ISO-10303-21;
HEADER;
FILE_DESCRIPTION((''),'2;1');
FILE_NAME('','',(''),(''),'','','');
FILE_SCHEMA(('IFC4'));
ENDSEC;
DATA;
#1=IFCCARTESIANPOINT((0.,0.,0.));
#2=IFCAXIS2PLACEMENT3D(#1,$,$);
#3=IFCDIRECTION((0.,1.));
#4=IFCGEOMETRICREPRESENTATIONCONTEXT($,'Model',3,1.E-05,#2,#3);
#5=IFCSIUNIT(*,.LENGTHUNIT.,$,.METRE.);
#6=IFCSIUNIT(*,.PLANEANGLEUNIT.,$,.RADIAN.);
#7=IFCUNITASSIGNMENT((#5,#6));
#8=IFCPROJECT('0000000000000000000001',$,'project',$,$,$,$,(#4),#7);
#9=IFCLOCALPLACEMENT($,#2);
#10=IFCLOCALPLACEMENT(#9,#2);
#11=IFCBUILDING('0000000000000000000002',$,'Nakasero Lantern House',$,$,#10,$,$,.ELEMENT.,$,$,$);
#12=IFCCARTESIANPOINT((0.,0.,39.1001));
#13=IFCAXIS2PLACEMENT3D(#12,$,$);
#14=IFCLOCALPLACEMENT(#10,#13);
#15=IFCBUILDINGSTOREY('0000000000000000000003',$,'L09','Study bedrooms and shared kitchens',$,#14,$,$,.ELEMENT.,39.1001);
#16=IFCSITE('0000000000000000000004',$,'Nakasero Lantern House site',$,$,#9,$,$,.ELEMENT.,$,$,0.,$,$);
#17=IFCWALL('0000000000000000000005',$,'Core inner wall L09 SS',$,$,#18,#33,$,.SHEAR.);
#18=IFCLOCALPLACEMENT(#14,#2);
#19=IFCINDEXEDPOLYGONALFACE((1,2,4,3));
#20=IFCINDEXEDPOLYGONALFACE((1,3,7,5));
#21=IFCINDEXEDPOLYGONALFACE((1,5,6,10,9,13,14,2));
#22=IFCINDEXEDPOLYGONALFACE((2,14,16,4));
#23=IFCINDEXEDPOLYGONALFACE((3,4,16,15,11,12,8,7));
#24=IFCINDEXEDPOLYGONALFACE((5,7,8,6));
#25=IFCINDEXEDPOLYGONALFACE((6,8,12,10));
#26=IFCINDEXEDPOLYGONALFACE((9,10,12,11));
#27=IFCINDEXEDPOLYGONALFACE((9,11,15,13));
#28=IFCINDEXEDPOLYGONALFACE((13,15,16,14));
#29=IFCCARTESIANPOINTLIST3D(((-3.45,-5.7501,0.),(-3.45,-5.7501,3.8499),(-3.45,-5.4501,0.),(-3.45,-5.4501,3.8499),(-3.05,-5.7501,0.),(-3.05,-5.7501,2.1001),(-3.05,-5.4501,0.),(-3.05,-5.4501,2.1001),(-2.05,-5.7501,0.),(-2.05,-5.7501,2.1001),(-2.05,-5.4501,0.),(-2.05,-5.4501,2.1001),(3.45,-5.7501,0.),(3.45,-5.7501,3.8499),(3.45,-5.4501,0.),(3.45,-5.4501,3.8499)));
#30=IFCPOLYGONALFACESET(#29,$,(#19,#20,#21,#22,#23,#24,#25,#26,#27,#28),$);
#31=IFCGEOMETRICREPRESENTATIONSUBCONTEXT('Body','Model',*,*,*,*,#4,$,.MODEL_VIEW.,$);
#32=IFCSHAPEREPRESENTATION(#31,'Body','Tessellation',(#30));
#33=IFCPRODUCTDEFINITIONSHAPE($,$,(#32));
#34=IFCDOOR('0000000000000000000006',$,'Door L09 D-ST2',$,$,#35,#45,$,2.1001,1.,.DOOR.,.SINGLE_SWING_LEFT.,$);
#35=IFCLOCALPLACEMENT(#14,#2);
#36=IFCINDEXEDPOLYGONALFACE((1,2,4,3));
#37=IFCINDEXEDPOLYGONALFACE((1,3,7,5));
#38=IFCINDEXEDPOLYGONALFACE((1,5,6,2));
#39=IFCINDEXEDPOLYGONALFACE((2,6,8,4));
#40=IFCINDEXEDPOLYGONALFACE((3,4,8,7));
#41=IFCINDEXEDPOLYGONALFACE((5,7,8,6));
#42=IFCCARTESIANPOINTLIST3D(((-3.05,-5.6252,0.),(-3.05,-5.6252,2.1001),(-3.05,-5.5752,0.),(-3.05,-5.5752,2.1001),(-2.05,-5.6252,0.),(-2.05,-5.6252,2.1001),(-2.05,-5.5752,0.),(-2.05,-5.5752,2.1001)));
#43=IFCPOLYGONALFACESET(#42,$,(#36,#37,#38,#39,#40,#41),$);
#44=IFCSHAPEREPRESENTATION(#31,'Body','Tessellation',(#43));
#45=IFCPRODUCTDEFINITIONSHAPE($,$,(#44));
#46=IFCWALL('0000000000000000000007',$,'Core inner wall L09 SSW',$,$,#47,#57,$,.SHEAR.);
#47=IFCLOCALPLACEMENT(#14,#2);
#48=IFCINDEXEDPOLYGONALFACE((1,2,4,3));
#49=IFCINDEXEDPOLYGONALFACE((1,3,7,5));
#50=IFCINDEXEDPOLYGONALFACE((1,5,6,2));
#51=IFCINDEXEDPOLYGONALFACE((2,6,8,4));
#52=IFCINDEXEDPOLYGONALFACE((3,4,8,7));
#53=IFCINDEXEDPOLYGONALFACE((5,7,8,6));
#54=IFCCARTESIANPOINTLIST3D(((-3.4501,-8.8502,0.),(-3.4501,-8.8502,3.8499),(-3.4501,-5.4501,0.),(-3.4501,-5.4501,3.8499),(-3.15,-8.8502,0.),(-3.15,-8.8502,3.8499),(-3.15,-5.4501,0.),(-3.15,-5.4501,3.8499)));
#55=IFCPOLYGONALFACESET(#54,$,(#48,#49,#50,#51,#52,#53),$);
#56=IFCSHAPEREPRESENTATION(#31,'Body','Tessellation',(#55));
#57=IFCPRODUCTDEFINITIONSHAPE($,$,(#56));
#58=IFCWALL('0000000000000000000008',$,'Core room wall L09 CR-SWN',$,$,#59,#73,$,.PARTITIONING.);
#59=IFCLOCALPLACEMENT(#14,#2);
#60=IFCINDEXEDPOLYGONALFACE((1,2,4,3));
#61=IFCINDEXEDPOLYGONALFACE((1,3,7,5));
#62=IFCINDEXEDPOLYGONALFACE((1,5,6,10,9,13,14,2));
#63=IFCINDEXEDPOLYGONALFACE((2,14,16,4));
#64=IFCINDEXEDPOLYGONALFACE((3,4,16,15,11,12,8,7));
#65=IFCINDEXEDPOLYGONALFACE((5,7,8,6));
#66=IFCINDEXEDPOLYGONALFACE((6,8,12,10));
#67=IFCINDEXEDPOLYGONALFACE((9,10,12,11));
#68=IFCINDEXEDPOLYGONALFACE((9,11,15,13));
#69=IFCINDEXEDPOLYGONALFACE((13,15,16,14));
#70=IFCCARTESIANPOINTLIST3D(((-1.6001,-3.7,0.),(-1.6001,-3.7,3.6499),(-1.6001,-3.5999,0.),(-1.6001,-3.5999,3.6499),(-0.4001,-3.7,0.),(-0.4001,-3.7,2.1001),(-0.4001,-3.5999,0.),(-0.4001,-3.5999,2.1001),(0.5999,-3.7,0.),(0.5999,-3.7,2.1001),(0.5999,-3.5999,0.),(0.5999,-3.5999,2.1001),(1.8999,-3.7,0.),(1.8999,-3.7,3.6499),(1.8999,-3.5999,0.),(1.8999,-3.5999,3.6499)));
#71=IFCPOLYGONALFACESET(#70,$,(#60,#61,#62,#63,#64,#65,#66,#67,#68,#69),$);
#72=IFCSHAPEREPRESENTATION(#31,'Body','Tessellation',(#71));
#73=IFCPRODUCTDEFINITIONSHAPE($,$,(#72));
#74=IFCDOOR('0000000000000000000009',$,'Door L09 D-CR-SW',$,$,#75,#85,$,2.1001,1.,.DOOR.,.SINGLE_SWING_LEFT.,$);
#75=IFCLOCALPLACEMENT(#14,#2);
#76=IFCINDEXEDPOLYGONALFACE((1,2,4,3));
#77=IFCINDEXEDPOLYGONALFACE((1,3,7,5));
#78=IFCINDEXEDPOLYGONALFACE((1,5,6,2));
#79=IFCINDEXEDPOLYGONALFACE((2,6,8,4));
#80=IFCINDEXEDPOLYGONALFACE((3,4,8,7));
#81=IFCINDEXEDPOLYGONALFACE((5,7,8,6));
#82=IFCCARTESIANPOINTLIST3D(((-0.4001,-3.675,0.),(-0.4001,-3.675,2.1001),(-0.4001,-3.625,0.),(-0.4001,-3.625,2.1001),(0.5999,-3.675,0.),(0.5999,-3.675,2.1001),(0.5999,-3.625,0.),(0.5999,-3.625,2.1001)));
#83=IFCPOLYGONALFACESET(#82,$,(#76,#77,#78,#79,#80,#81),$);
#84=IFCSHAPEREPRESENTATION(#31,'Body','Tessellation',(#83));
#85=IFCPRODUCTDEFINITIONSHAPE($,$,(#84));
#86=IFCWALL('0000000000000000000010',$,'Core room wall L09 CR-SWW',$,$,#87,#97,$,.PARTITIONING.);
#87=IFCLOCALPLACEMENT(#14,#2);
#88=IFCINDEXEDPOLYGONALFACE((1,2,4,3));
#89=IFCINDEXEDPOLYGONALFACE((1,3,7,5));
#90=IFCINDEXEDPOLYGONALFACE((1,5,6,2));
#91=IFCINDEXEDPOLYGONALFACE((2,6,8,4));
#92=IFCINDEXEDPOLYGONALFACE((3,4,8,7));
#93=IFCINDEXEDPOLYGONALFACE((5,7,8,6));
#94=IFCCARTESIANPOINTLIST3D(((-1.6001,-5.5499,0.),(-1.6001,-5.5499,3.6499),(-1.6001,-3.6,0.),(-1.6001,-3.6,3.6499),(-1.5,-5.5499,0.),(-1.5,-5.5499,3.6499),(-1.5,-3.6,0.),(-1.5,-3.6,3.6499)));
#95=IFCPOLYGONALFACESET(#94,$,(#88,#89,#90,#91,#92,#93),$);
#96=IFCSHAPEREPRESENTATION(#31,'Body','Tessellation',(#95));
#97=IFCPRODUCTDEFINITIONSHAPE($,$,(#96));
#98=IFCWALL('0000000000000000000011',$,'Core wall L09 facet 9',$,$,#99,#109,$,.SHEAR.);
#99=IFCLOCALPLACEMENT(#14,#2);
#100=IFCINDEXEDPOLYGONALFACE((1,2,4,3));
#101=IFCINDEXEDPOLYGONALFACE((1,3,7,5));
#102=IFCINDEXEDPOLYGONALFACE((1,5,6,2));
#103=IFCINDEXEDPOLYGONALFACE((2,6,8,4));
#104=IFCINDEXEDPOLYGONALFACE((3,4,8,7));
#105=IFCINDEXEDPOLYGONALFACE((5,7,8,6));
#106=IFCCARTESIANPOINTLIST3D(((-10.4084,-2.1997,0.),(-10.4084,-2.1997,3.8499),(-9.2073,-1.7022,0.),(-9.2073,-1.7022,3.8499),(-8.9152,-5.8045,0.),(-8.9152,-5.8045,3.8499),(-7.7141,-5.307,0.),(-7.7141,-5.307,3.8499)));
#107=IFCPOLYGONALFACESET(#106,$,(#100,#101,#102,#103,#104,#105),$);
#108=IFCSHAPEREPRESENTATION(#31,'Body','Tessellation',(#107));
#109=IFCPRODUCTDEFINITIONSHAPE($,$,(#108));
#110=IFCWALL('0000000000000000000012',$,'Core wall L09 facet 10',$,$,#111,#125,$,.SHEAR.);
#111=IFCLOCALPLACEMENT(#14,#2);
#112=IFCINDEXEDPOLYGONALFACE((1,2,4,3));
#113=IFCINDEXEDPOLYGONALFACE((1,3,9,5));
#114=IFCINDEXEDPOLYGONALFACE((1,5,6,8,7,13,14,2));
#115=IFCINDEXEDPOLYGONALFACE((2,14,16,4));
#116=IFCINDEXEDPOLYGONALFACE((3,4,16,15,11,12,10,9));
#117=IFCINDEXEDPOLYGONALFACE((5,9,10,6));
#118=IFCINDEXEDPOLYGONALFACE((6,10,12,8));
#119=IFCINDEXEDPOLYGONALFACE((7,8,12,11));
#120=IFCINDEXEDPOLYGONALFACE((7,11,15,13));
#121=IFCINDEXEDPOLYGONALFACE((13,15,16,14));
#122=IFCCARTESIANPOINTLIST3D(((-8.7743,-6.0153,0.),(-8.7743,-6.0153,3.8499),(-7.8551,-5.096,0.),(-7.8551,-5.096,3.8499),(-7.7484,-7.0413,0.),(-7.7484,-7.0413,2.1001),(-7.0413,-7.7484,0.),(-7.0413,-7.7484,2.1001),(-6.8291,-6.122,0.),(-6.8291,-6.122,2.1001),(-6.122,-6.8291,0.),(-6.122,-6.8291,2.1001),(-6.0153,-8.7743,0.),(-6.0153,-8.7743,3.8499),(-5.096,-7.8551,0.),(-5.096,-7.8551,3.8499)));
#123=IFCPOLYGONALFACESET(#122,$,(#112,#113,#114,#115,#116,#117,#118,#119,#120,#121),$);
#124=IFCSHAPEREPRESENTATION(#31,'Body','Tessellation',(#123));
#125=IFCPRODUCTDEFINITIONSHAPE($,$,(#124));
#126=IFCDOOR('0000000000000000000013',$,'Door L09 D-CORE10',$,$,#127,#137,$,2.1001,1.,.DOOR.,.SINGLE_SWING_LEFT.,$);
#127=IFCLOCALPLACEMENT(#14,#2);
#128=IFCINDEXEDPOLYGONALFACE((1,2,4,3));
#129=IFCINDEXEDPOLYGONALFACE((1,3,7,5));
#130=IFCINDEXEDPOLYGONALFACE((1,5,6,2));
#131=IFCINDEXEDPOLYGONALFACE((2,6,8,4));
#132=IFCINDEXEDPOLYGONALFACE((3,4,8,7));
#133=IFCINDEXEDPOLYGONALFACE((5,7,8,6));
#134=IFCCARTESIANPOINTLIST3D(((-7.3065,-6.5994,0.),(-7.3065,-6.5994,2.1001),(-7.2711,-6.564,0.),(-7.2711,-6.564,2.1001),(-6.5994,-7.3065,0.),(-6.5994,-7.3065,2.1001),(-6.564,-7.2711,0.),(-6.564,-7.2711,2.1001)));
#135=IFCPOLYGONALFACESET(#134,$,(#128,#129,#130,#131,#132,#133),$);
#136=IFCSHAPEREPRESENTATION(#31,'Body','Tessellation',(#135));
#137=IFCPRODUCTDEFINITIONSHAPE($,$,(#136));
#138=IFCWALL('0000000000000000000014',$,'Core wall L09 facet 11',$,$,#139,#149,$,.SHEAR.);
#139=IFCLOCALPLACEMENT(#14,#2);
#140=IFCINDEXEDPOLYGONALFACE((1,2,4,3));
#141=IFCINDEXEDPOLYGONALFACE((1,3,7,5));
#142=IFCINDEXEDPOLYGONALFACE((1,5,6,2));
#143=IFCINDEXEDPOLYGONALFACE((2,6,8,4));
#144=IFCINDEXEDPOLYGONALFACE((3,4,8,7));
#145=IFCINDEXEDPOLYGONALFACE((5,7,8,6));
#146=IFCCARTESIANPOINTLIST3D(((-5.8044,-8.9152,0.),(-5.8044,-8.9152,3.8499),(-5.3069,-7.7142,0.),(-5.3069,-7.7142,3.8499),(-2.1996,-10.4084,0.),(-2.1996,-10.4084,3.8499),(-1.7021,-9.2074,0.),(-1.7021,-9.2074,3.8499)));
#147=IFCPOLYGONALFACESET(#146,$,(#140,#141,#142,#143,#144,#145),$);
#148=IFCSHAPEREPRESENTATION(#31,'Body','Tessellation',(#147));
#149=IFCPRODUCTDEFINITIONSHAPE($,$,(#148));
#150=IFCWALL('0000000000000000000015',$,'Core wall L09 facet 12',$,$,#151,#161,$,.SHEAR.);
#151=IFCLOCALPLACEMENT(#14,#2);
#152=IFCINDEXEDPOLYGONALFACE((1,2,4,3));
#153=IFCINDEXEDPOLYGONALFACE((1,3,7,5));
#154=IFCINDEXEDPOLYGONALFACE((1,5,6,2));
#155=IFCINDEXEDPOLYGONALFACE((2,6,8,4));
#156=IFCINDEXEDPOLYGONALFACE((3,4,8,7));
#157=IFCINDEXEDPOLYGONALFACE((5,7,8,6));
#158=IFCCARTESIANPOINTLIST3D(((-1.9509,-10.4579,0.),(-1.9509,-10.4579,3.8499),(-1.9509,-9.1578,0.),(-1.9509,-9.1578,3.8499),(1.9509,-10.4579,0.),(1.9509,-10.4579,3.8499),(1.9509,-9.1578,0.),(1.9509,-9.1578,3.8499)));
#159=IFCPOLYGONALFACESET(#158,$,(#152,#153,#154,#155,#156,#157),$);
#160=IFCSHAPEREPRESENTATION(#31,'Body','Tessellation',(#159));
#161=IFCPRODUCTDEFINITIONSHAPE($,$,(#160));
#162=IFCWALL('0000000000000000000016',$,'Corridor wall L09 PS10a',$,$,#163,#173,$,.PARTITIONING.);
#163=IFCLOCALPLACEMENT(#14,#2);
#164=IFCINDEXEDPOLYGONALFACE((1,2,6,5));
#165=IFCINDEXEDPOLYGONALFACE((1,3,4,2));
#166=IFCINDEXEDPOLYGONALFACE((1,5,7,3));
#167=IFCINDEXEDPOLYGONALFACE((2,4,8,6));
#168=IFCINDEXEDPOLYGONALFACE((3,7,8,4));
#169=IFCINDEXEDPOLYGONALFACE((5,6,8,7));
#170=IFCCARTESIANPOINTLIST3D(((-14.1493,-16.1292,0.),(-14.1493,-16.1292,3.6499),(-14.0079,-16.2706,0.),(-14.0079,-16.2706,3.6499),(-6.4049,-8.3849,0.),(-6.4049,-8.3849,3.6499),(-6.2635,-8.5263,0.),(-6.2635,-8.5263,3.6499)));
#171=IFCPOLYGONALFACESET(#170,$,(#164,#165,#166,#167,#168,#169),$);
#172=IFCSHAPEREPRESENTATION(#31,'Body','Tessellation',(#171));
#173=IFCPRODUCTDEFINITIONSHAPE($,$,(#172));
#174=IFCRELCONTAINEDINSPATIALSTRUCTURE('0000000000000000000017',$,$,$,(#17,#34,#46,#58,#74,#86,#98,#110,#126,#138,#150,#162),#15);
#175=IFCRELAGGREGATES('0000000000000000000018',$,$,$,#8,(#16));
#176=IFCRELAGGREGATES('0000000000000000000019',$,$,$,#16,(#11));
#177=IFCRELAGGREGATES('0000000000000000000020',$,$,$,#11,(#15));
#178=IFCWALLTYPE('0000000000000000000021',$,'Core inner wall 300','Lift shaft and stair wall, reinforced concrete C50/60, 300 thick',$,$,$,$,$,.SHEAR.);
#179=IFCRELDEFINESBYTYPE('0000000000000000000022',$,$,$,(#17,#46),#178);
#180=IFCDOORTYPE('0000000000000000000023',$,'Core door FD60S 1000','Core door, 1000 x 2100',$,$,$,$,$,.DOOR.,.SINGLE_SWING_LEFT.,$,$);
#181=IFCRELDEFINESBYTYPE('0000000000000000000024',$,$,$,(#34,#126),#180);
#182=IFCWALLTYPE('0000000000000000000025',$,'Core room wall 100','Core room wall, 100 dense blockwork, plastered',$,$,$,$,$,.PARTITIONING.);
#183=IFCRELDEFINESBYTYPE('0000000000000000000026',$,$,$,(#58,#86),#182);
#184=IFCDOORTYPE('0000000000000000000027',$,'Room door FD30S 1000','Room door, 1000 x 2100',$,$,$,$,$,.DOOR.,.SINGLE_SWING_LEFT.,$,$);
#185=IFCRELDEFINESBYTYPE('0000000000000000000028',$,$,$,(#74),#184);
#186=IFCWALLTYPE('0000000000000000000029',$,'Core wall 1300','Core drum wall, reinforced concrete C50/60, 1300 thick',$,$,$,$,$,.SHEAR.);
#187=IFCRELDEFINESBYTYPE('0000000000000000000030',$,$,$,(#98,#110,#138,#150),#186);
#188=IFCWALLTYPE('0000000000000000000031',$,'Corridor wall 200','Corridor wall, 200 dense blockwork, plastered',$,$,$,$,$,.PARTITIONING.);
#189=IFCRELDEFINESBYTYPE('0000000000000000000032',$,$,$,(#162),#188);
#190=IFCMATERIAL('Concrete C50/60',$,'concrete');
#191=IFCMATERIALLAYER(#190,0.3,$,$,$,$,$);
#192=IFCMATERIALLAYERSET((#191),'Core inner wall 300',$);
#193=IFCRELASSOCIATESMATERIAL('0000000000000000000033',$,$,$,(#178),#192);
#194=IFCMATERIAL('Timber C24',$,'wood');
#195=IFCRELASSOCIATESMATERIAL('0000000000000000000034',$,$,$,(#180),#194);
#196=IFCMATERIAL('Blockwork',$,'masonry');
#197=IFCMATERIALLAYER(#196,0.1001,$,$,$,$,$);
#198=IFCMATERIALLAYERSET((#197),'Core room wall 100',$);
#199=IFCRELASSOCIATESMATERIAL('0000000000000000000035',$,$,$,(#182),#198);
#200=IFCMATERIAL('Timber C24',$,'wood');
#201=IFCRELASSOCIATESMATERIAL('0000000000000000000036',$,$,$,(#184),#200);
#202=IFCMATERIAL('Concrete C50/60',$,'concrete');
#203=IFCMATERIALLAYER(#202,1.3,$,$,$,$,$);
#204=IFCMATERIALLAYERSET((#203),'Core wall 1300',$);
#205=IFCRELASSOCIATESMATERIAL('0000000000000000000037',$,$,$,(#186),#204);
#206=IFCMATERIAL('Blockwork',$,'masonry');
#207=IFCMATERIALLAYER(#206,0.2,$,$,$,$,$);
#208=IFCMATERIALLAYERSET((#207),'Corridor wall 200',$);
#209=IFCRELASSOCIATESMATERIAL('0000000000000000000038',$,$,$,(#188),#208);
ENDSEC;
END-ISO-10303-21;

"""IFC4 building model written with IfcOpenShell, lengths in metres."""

from ifc_helpers import new_model, si_unit, direction, frame, frame_2d, origin, place, context, subcontext, project, spatial, rectangle, extrude, material, layer, layer_set, type_object, element, fill, save


model = new_model("IFC4")

# Units and contexts
model_context = context("Model", 3, precision=1e-05, world=origin(), true_north=direction((0.0, 1.0)))
body_context = subcontext(model_context, "Body", "Model", "MODEL_VIEW")
ifc_project = project(units=[si_unit("LENGTHUNIT", "METRE"), si_unit("PLANEANGLEUNIT", "RADIAN")], contexts=[model_context])

# Site, building, storey
site_placement = place(None, origin())
site = spatial("IfcSite", under=ifc_project, at=site_placement, Name="Nakasero Lantern House site", CompositionType="ELEMENT", RefElevation=0.0)
building_placement = place(site_placement, origin())
building = spatial("IfcBuilding", under=site, at=building_placement, Name="Nakasero Lantern House", CompositionType="ELEMENT")
storey_placement = place(building_placement, frame((0.0, 0.0, 39.1001)))
storey = spatial("IfcBuildingStorey", under=building, at=storey_placement, Name="L09", Description="Study bedrooms and shared kitchens", CompositionType="ELEMENT", Elevation=39.1001)

# Shared definitions
ifc_material_1 = material(Name="Concrete C50/60", Category="concrete")
ifc_layer_1 = layer(ifc_material_1, 0.3)
ifc_layer_set_1 = layer_set([ifc_layer_1], Name="Core inner wall 300")
wall_type_1 = type_object("IfcWallType", Name="Core inner wall 300", Description="Lift shaft and stair wall, reinforced concrete C50/60, 300 thick", PredefinedType="SHEAR", material=ifc_layer_set_1)

# Wall, opening, door
wall_1_placement = place(storey_placement, frame((-3.45, -5.6001, 0.0), z_axis=(0.0, 0.0, 1.0), x_axis=(1.0, 0.0, 0.0)))
wall_1 = element("IfcWall", 1, at=wall_1_placement, inside=storey, type_object=wall_type_1, Name="Core inner wall L09 SS", PredefinedType="SHEAR", context=body_context, shape_type="SweptSolid", body=[
    extrude(rectangle(XDim=6.8999, YDim=0.3, at=frame_2d((3.45, 0.0))), origin(), (0.0, 0.0, 1.0), 3.8499),
])
opening_1_placement = place(wall_1_placement, frame((0.3999, 0.0, 0.0)))
opening_1 = element("IfcOpeningElement", 2, at=opening_1_placement, cuts=wall_1, PredefinedType="OPENING", context=body_context, shape_type="SweptSolid", body=[
    extrude(rectangle(XDim=1.0, YDim=2.1001, at=frame_2d((0.5, 1.05))), frame((0.0, 0.1699, 0.0), z_axis=(0.0, -1.0, 0.0), x_axis=(1.0, 0.0, 0.0)), (0.0, 0.0, 1.0), 0.3401),
])
ifc_material_2 = material(Name="Timber C24", Category="wood")
door_type_1 = type_object("IfcDoorType", Name="Core door FD60S 1000", Description="Core door, 1000 x 2100", OperationType="SINGLE_SWING_LEFT", PredefinedType="DOOR", material=ifc_material_2)
door_1_placement = place(opening_1_placement, origin())
door_1 = element("IfcDoor", 3, at=door_1_placement, inside=storey, type_object=door_type_1, Name="Door L09 D-ST2", OperationType="SINGLE_SWING_LEFT", OverallHeight=2.1001, OverallWidth=1.0, PredefinedType="DOOR", context=body_context, shape_type="SweptSolid", body=[
    extrude(rectangle(XDim=1.0, YDim=2.1001, at=frame_2d((0.5, 1.05))), frame((0.0, 0.0249, 0.0), z_axis=(0.0, -1.0, 0.0), x_axis=(1.0, 0.0, 0.0)), (0.0, 0.0, 1.0), 0.05),
])
fill(opening_1, door_1)

# Wall
wall_2_placement = place(storey_placement, frame((-3.3, -5.45, 0.0), z_axis=(0.0, 0.0, 1.0), x_axis=(0.0, -1.0, 0.0)))
element("IfcWall", 4, at=wall_2_placement, inside=storey, type_object=wall_type_1, Name="Core inner wall L09 SSW", PredefinedType="SHEAR", context=body_context, shape_type="SweptSolid", body=[
    extrude(rectangle(XDim=3.4001, YDim=0.3, at=frame_2d((1.7002, 0.0))), origin(), (0.0, 0.0, 1.0), 3.8499),
])

# Wall, opening, door
ifc_material_3 = material(Name="Blockwork", Category="masonry")
ifc_layer_2 = layer(ifc_material_3, 0.1001)
ifc_layer_set_2 = layer_set([ifc_layer_2], Name="Core room wall 100")
wall_type_2 = type_object("IfcWallType", Name="Core room wall 100", Description="Core room wall, 100 dense blockwork, plastered", PredefinedType="PARTITIONING", material=ifc_layer_set_2)
wall_3_placement = place(storey_placement, frame((-1.6001, -3.6499, 0.0), z_axis=(0.0, 0.0, 1.0), x_axis=(1.0, 0.0, 0.0)))
wall_3 = element("IfcWall", 5, at=wall_3_placement, inside=storey, type_object=wall_type_2, Name="Core room wall L09 CR-SWN", PredefinedType="PARTITIONING", context=body_context, shape_type="SweptSolid", body=[
    extrude(rectangle(XDim=3.5, YDim=0.1001, at=frame_2d((1.75, 0.0))), origin(), (0.0, 0.0, 1.0), 3.6499),
])
opening_2_placement = place(wall_3_placement, frame((1.2, 0.0, 0.0)))
opening_2 = element("IfcOpeningElement", 6, at=opening_2_placement, cuts=wall_3, PredefinedType="OPENING", context=body_context, shape_type="SweptSolid", body=[
    extrude(rectangle(XDim=1.0, YDim=2.1001, at=frame_2d((0.5, 1.05))), frame((0.0, 0.0701, 0.0), z_axis=(0.0, -1.0, 0.0), x_axis=(1.0, 0.0, 0.0)), (0.0, 0.0, 1.0), 0.1401),
])
ifc_material_4 = material(Name="Timber C24", Category="wood")
door_type_2 = type_object("IfcDoorType", Name="Room door FD30S 1000", Description="Room door, 1000 x 2100", OperationType="SINGLE_SWING_LEFT", PredefinedType="DOOR", material=ifc_material_4)
door_2_placement = place(opening_2_placement, origin())
door_2 = element("IfcDoor", 7, at=door_2_placement, inside=storey, type_object=door_type_2, Name="Door L09 D-CR-SW", OperationType="SINGLE_SWING_LEFT", OverallHeight=2.1001, OverallWidth=1.0, PredefinedType="DOOR", context=body_context, shape_type="SweptSolid", body=[
    extrude(rectangle(XDim=1.0, YDim=2.1001, at=frame_2d((0.5, 1.05))), frame((0.0, 0.0249, 0.0), z_axis=(0.0, -1.0, 0.0), x_axis=(1.0, 0.0, 0.0)), (0.0, 0.0, 1.0), 0.05),
])
fill(opening_2, door_2)

# Walls
wall_4_placement = place(storey_placement, frame((-1.55, -5.55, 0.0), z_axis=(0.0, 0.0, 1.0), x_axis=(0.0, 1.0, 0.0)))
element("IfcWall", 8, at=wall_4_placement, inside=storey, type_object=wall_type_2, Name="Core room wall L09 CR-SWW", PredefinedType="PARTITIONING", context=body_context, shape_type="SweptSolid", body=[
    extrude(rectangle(XDim=1.95, YDim=0.1001, at=frame_2d((0.9751, 0.0))), origin(), (0.0, 0.0, 1.0), 3.6499),
])
ifc_material_5 = material(Name="Concrete C50/60", Category="concrete")
ifc_layer_3 = layer(ifc_material_5, 1.3)
ifc_layer_set_3 = layer_set([ifc_layer_3], Name="Core wall 1300")
wall_type_3 = type_object("IfcWallType", Name="Core wall 1300", Description="Core drum wall, reinforced concrete C50/60, 1300 thick", PredefinedType="SHEAR", material=ifc_layer_set_3)
wall_5_placement = place(storey_placement, frame((-9.8079, -1.9509, 0.0), z_axis=(0.0, 0.0, 1.0), x_axis=(0.382691, -0.923877, 0.0)))
element("IfcWall", 9, at=wall_5_placement, inside=storey, type_object=wall_type_3, Name="Core wall L09 facet 9", PredefinedType="SHEAR", context=body_context, shape_type="SweptSolid", body=[
    extrude(rectangle(XDim=3.9019, YDim=1.3, at=frame_2d((1.9509, 0.0))), origin(), (0.0, 0.0, 1.0), 3.8499),
])

# Wall, opening, door
wall_6_placement = place(storey_placement, frame((-8.3147, -5.5557, 0.0), z_axis=(0.0, 0.0, 1.0), x_axis=(0.707107, -0.707107, 0.0)))
wall_6 = element("IfcWall", 10, at=wall_6_placement, inside=storey, type_object=wall_type_3, Name="Core wall L09 facet 10", PredefinedType="SHEAR", context=body_context, shape_type="SweptSolid", body=[
    extrude(rectangle(XDim=3.9019, YDim=1.3, at=frame_2d((1.9509, 0.0))), origin(), (0.0, 0.0, 1.0), 3.8499),
])
opening_3_placement = place(wall_6_placement, frame((1.4509, 0.0, 0.0)))
opening_3 = element("IfcOpeningElement", 11, at=opening_3_placement, cuts=wall_6, PredefinedType="OPENING", context=body_context, shape_type="SweptSolid", body=[
    extrude(rectangle(XDim=1.0, YDim=2.1001, at=frame_2d((0.5, 1.05))), frame((0.0, 0.6699, 0.0), z_axis=(0.0, -1.0, 0.0), x_axis=(1.0, 0.0, 0.0)), (0.0, 0.0, 1.0), 1.3401),
])
door_3_placement = place(opening_3_placement, origin())
door_3 = element("IfcDoor", 12, at=door_3_placement, inside=storey, type_object=door_type_1, Name="Door L09 D-CORE10", OperationType="SINGLE_SWING_LEFT", OverallHeight=2.1001, OverallWidth=1.0, PredefinedType="DOOR", context=body_context, shape_type="SweptSolid", body=[
    extrude(rectangle(XDim=1.0, YDim=2.1001, at=frame_2d((0.5, 1.05))), frame((0.0, 0.0249, 0.0), z_axis=(0.0, -1.0, 0.0), x_axis=(1.0, 0.0, 0.0)), (0.0, 0.0, 1.0), 0.05),
])
fill(opening_3, door_3)

# Walls
for number, where, z_axis, x_axis, name in (
    (13, (-5.5557, -8.3147, 0.0), (0.0, 0.0, 1.0), (0.923877, -0.382691, 0.0), "Core wall L09 facet 11"),
    (14, (-1.9509, -9.8079, 0.0), (0.0, 0.0, 1.0), (1.0, 0.0, 0.0), "Core wall L09 facet 12"),
):
    element("IfcWall", number, at=place(storey_placement, frame(where, z_axis=z_axis, x_axis=x_axis)), inside=storey, type_object=wall_type_3, Name=name, PredefinedType="SHEAR", context=body_context, shape_type="SweptSolid", body=[
        extrude(rectangle(XDim=3.9019, YDim=1.3, at=frame_2d((1.9509, 0.0))), origin(), (0.0, 0.0, 1.0), 3.8499),
    ])
ifc_material_6 = material(Name="Blockwork", Category="masonry")
ifc_layer_4 = layer(ifc_material_6, 0.2)
ifc_layer_set_4 = layer_set([ifc_layer_4], Name="Corridor wall 200")
wall_type_4 = type_object("IfcWallType", Name="Corridor wall 200", Description="Corridor wall, 200 dense blockwork, plastered", PredefinedType="PARTITIONING", material=ifc_layer_set_4)
for number, where, z_axis, x_axis, name in (
    (15, (-6.3342, -8.4556, 0.0), (0.0, 0.0, 1.0), (-0.707107, -0.707107, 0.0), "Corridor wall L09 PS10a"),
):
    element("IfcWall", number, at=place(storey_placement, frame(where, z_axis=z_axis, x_axis=x_axis)), inside=storey, type_object=wall_type_4, Name=name, PredefinedType="PARTITIONING", context=body_context, shape_type="SweptSolid", body=[
        extrude(rectangle(XDim=10.9521, YDim=0.2, at=frame_2d((5.4761, 0.0))), origin(), (0.0, 0.0, 1.0), 3.6499),
    ])

save(model, "model.ifc")
